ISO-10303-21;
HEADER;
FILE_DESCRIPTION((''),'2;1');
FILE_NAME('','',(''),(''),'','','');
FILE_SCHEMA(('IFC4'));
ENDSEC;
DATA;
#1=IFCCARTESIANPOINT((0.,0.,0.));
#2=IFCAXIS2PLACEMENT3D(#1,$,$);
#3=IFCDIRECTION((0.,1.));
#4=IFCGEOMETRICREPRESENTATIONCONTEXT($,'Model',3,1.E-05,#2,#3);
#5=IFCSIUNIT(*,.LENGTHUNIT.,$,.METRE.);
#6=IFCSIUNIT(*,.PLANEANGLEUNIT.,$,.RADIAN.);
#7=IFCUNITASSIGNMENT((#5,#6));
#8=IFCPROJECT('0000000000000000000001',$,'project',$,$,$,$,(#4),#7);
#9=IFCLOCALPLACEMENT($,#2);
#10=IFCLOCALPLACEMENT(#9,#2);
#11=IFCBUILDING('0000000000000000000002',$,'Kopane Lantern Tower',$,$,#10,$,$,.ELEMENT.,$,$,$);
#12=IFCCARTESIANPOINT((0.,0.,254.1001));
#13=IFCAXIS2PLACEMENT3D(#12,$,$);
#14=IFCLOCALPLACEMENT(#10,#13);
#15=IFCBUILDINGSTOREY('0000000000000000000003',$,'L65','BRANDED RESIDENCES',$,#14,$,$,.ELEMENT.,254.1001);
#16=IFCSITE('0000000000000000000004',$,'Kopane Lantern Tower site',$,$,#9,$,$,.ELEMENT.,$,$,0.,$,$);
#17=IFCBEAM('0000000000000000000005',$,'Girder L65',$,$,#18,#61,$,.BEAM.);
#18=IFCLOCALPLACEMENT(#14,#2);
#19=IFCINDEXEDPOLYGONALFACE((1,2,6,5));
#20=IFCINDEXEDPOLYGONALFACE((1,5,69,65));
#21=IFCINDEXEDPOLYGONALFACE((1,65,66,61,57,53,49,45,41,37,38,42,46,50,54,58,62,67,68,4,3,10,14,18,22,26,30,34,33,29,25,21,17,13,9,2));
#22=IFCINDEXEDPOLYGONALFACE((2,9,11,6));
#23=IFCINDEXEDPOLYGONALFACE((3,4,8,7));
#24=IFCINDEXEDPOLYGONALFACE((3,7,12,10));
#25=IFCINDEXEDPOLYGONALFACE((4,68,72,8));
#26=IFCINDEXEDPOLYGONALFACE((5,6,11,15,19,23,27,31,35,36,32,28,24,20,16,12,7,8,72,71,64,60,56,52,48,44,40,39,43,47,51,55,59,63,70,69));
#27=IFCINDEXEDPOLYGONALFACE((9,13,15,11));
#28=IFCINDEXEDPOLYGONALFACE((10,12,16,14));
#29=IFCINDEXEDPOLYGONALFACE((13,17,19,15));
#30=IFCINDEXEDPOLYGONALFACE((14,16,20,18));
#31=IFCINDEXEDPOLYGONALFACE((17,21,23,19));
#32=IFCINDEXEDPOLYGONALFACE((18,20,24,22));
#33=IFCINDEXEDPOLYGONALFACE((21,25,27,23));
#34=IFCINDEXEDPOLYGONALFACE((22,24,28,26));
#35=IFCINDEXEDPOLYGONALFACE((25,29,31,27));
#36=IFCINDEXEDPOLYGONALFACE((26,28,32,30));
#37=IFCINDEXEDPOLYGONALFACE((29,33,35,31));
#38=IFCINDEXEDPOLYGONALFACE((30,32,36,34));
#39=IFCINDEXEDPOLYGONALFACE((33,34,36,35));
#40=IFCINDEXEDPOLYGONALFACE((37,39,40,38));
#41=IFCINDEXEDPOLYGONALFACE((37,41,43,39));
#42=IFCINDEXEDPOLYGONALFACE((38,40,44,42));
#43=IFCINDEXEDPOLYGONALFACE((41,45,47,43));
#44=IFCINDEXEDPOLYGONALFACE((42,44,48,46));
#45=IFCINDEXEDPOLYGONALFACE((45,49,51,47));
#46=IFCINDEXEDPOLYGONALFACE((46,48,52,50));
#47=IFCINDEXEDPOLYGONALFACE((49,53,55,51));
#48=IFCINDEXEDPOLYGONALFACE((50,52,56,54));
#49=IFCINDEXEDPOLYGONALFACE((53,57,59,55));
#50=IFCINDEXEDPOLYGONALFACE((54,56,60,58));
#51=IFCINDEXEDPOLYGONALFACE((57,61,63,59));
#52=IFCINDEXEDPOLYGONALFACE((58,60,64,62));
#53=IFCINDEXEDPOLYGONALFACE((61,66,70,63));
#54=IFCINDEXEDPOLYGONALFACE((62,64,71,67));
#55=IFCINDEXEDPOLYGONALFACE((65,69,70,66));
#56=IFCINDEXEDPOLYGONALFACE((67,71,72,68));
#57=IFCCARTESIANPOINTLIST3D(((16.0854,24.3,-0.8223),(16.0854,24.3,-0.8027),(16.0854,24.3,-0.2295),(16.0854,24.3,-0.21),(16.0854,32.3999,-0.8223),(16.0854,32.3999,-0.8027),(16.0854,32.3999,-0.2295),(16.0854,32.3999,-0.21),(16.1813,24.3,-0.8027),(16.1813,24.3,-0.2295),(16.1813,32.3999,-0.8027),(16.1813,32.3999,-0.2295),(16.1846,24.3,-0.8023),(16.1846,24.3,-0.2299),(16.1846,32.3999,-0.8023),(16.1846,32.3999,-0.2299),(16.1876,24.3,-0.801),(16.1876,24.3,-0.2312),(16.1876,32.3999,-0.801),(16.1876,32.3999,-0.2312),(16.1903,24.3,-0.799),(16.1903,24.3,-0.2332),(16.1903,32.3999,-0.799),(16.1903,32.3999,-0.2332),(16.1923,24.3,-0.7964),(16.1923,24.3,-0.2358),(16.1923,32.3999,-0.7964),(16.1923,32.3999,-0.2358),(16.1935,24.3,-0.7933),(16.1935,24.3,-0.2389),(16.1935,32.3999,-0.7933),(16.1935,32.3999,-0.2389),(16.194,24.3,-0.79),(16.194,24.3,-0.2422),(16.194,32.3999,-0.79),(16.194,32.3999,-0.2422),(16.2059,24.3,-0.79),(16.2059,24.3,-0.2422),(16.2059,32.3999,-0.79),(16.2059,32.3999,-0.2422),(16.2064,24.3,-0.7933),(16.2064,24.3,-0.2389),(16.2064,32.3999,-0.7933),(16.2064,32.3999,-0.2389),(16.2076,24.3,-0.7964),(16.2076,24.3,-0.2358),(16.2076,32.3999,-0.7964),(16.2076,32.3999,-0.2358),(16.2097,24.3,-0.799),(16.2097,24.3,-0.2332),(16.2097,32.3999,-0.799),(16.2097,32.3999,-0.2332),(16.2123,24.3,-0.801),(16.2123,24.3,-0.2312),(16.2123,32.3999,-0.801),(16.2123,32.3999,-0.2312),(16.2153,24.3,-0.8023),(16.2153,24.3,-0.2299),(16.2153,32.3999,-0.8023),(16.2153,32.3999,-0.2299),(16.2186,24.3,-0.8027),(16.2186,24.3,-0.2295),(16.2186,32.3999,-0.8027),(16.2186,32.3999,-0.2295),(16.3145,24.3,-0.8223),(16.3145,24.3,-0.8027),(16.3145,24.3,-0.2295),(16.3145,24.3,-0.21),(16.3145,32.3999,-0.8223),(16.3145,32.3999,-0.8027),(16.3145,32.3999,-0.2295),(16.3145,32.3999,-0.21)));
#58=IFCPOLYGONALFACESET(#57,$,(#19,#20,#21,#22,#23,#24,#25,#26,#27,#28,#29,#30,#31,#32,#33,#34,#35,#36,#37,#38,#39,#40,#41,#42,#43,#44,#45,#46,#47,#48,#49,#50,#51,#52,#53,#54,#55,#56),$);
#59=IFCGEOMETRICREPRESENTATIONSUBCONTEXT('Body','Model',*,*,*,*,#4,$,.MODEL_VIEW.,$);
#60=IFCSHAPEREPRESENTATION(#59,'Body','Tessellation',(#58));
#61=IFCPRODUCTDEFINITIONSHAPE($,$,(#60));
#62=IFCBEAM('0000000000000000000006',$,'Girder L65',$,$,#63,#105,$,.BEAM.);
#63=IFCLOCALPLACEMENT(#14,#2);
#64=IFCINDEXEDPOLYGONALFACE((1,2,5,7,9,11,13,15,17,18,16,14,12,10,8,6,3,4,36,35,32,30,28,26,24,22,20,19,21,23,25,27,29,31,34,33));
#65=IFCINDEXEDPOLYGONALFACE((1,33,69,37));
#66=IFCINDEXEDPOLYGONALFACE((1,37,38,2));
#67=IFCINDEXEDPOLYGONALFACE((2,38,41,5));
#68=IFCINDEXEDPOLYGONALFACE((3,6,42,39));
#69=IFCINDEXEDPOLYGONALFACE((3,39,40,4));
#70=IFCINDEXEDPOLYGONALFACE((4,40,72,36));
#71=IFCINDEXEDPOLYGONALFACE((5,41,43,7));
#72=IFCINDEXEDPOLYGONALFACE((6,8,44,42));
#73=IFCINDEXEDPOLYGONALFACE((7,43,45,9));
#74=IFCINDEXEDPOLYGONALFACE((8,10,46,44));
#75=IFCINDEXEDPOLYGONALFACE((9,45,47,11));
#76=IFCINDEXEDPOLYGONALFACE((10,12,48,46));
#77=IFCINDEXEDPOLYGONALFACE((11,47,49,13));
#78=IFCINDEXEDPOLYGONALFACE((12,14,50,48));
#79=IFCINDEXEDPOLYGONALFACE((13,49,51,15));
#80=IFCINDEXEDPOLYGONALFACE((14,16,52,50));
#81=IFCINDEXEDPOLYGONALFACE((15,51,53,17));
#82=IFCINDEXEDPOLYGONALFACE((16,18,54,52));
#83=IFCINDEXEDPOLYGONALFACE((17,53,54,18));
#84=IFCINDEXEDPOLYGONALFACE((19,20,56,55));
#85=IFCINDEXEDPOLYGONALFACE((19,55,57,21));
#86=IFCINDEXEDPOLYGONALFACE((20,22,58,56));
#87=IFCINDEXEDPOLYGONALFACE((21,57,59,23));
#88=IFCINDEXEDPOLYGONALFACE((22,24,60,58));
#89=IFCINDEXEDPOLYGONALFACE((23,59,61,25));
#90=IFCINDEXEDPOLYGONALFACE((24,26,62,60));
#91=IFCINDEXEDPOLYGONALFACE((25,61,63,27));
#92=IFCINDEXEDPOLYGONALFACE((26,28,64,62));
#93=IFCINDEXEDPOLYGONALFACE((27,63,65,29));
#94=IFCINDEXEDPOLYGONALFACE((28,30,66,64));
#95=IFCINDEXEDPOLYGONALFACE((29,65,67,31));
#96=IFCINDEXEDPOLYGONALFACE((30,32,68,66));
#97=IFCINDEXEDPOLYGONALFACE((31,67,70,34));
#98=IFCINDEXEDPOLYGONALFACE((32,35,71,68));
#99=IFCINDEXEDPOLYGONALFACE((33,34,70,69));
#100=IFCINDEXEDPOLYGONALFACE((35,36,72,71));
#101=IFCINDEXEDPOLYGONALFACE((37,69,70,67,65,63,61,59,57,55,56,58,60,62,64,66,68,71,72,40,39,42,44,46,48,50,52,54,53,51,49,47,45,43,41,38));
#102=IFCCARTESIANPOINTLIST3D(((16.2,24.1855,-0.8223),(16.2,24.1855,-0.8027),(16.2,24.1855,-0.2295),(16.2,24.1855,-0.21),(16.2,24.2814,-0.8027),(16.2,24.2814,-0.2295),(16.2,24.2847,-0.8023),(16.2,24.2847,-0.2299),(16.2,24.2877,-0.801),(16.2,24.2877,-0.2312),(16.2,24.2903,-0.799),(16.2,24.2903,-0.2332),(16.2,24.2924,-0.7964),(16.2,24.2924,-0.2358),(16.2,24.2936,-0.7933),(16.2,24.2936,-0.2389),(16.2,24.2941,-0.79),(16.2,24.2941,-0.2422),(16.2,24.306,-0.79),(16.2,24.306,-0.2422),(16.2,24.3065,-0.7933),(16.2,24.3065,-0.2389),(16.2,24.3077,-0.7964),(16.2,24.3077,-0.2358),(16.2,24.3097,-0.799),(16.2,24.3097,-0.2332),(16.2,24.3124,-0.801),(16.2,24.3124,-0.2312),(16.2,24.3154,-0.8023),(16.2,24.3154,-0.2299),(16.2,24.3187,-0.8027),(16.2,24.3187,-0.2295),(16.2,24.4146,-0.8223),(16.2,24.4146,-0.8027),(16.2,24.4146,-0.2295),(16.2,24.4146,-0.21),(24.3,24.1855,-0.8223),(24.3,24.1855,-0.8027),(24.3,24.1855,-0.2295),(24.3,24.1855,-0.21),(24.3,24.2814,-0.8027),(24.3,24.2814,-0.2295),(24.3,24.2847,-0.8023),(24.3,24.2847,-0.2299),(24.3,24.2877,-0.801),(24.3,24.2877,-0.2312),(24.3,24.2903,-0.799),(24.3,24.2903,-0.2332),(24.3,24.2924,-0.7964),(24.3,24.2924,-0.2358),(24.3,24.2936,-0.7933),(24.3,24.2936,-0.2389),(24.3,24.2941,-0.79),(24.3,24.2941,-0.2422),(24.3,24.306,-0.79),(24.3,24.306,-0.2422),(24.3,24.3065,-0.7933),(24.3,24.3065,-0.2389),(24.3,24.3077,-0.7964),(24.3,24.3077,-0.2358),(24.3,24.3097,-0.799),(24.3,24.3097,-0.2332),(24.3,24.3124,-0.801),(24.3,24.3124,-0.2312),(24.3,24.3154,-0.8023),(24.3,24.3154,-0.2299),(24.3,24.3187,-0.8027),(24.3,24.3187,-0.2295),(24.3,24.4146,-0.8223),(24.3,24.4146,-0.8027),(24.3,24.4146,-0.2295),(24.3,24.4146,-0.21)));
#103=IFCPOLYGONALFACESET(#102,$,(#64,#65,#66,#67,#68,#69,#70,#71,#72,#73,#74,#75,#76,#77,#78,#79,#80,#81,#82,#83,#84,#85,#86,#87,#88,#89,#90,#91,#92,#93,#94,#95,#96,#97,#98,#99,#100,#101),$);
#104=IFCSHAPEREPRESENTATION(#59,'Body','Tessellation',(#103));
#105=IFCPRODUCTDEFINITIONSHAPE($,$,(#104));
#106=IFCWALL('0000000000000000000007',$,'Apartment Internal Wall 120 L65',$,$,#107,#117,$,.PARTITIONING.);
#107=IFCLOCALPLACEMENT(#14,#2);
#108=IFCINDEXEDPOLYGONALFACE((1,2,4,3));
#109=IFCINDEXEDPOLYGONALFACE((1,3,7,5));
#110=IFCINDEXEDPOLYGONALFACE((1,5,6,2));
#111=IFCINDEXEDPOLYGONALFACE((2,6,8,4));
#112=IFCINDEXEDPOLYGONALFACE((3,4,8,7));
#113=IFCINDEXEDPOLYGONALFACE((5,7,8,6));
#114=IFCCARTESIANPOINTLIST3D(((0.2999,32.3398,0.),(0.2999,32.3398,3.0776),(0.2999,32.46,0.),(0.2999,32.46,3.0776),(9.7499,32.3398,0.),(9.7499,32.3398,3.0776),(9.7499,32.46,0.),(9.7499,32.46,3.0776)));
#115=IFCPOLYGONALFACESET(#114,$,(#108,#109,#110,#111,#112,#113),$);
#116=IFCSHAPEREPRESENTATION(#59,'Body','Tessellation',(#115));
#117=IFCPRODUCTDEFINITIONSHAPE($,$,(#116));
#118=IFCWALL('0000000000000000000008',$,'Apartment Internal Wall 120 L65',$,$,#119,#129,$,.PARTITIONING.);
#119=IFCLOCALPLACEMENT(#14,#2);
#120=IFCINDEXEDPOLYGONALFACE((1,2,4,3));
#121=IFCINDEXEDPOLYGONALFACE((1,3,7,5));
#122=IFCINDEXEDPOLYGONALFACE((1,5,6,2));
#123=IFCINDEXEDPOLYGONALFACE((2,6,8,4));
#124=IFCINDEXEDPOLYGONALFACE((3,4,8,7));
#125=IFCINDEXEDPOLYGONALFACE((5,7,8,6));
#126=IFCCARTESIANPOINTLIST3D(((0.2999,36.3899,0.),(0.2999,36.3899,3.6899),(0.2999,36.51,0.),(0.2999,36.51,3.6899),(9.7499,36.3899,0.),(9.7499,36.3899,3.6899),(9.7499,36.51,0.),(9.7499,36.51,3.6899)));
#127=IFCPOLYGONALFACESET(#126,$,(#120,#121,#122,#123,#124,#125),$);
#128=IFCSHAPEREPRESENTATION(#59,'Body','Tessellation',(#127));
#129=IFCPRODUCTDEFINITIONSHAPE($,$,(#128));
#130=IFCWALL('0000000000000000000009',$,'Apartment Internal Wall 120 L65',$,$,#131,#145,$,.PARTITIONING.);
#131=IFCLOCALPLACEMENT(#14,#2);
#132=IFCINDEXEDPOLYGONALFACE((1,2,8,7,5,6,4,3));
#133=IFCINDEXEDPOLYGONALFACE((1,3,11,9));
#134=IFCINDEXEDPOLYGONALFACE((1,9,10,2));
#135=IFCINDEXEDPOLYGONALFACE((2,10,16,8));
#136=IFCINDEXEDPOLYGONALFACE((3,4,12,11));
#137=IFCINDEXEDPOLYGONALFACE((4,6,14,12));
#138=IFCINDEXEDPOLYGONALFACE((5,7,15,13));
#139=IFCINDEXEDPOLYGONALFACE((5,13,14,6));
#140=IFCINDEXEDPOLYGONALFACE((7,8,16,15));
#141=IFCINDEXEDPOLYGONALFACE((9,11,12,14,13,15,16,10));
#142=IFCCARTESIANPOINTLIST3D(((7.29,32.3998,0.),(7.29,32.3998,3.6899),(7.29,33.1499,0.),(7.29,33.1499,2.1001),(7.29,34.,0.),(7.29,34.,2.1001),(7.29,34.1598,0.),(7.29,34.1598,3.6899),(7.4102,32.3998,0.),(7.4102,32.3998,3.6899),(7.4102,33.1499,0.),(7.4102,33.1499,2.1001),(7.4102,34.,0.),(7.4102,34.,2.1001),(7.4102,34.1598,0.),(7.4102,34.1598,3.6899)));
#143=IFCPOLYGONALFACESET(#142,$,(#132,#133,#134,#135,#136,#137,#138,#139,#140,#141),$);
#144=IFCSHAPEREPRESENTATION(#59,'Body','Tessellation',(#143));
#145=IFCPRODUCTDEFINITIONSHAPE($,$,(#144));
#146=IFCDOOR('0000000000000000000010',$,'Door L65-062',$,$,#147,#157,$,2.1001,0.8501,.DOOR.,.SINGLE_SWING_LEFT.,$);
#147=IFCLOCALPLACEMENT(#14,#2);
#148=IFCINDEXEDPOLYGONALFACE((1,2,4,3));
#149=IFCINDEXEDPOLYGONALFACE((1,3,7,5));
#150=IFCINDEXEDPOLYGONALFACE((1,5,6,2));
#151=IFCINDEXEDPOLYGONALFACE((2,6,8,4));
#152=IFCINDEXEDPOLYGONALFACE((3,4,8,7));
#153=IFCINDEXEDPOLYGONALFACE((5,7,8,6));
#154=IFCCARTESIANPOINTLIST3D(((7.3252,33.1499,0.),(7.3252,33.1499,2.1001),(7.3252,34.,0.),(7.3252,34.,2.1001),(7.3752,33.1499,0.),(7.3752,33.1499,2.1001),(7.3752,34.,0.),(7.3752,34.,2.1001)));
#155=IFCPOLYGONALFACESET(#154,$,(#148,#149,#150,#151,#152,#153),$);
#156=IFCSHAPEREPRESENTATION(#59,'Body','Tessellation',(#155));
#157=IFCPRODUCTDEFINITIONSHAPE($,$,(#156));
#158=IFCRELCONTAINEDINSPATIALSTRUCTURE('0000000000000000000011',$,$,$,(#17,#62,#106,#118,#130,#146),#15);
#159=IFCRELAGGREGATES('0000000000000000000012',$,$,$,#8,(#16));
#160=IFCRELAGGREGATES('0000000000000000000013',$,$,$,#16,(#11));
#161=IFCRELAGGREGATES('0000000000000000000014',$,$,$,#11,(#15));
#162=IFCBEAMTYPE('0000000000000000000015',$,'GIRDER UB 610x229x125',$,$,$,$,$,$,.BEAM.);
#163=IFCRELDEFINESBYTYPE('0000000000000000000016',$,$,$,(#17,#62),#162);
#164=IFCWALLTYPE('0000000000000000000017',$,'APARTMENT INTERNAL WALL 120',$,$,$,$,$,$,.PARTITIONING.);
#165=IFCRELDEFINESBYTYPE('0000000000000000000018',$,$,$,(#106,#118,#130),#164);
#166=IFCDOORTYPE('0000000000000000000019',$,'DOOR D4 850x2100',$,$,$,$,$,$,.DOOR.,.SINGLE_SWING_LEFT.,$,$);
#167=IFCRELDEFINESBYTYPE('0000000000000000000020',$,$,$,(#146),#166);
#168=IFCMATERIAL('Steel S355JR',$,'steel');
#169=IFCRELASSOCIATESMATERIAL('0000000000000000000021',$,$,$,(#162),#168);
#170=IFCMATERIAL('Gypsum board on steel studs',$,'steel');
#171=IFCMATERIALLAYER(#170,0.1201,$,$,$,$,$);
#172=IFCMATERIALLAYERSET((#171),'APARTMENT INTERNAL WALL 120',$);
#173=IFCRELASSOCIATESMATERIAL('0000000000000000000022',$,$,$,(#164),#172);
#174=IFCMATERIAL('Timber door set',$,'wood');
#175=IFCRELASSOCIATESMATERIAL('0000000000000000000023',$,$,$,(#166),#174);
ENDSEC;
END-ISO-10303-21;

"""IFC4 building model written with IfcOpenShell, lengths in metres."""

from ifc_helpers import new_model, si_unit, direction, frame, frame_2d, origin, origin_2d, place, context, subcontext, project, spatial, rectangle, i_section, extrude, material, layer, layer_set, material_profile, profile_set, type_object, element, fill, save


model = new_model("IFC4")

# Units and contexts
model_context = context("Model", 3, precision=1e-05, world=origin(), true_north=direction((0.0, 1.0)))
body_context = subcontext(model_context, "Body", "Model", "MODEL_VIEW")
ifc_project = project(units=[si_unit("LENGTHUNIT", "METRE"), si_unit("PLANEANGLEUNIT", "RADIAN")], contexts=[model_context])

# Site, building, storey
site_placement = place(None, origin())
site = spatial("IfcSite", under=ifc_project, at=site_placement, Name="Kopane Lantern Tower site", CompositionType="ELEMENT", RefElevation=0.0)
building_placement = place(site_placement, origin())
building = spatial("IfcBuilding", under=site, at=building_placement, Name="Kopane Lantern Tower", CompositionType="ELEMENT")
storey_placement = place(building_placement, frame((0.0, 0.0, 254.1001)))
storey = spatial("IfcBuildingStorey", under=building, at=storey_placement, Name="L65", Description="BRANDED RESIDENCES", CompositionType="ELEMENT", Elevation=254.1001)

# Beams
ifc_material_1 = material(Name="Steel S355JR", Category="steel")
ifc_material_profile_1 = material_profile(ifc_material_1, i_section(OverallWidth=0.229, OverallDepth=0.6123, WebThickness=0.012, FlangeThickness=0.0195, FilletRadius=0.0127, at=origin_2d()), Name="UB 610x229x125")
ifc_profile_set_1 = profile_set([ifc_material_profile_1], Name="Steel S355JR")
beam_type = type_object("IfcBeamType", Name="GIRDER UB 610x229x125", PredefinedType="BEAM", material=ifc_profile_set_1)
for number, where, z_axis, x_axis, name in (
    (1, (16.2, 24.3, -0.5161), (0.0, 1.0, 0.0), (-1.0, 0.0, 0.0), "Girder L65"),
):
    element("IfcBeam", number, at=place(storey_placement, frame(where, z_axis=z_axis, x_axis=x_axis)), inside=storey, type_object=beam_type, Name=name, PredefinedType="BEAM", context=body_context, shape_type="SweptSolid", body=[
        extrude(i_section(OverallWidth=0.229, OverallDepth=0.6123, WebThickness=0.012, FlangeThickness=0.0195, FilletRadius=0.0127, at=origin_2d()), origin(), (0.0, 0.0, 1.0), 8.0999),
    ])
beam_placement = place(storey_placement, frame((16.2, 24.3, -0.5161), z_axis=(1.0, 0.0, 0.0), x_axis=(0.0, 1.0, 0.0)))
element("IfcBeam", 2, at=beam_placement, inside=storey, type_object=beam_type, Name="Girder L65", PredefinedType="BEAM", context=body_context, shape_type="SweptSolid", body=[
    extrude(i_section(OverallWidth=0.229, OverallDepth=0.6123, WebThickness=0.012, FlangeThickness=0.0195, FilletRadius=0.0127, at=origin_2d()), origin(), (0.0, 0.0, 1.0), 8.1001),
])

# Walls
ifc_material_2 = material(Name="Gypsum board on steel studs", Category="steel")
ifc_layer_1 = layer(ifc_material_2, 0.1201)
ifc_layer_set_1 = layer_set([ifc_layer_1], Name="APARTMENT INTERNAL WALL 120")
wall_type_1 = type_object("IfcWallType", Name="APARTMENT INTERNAL WALL 120", PredefinedType="PARTITIONING", material=ifc_layer_set_1)
wall_1_placement = place(storey_placement, frame((9.75, 32.3999, 0.0), z_axis=(0.0, 0.0, 1.0), x_axis=(-1.0, 0.0, 0.0)))
element("IfcWall", 3, at=wall_1_placement, inside=storey, type_object=wall_type_1, Name="Apartment Internal Wall 120 L65", PredefinedType="PARTITIONING", context=body_context, shape_type="SweptSolid", body=[
    extrude(rectangle(XDim=9.45, YDim=0.1201, at=frame_2d((4.7251, 0.0))), origin(), (0.0, 0.0, 1.0), 3.0776),
])
wall_2_placement = place(storey_placement, frame((9.75, 36.45, 0.0), z_axis=(0.0, 0.0, 1.0), x_axis=(-1.0, 0.0, 0.0)))
element("IfcWall", 4, at=wall_2_placement, inside=storey, type_object=wall_type_1, Name="Apartment Internal Wall 120 L65", PredefinedType="PARTITIONING", context=body_context, shape_type="SweptSolid", body=[
    extrude(rectangle(XDim=9.45, YDim=0.1201, at=frame_2d((4.7251, 0.0))), origin(), (0.0, 0.0, 1.0), 3.6899),
])

# Wall, opening, door
wall_3_placement = place(storey_placement, frame((7.3501, 32.3999, 0.0), z_axis=(0.0, 0.0, 1.0), x_axis=(0.0, 1.0, 0.0)))
wall_3 = element("IfcWall", 5, at=wall_3_placement, inside=storey, type_object=wall_type_1, Name="Apartment Internal Wall 120 L65", PredefinedType="PARTITIONING", context=body_context, shape_type="SweptSolid", body=[
    extrude(rectangle(XDim=1.76, YDim=0.1201, at=frame_2d((0.8799, 0.0))), origin(), (0.0, 0.0, 1.0), 3.6899),
])
opening_1_placement = place(wall_3_placement, frame((0.75, 0.0, 0.0)))
opening_1 = element("IfcOpeningElement", 6, at=opening_1_placement, cuts=wall_3, PredefinedType="OPENING", context=body_context, shape_type="SweptSolid", body=[
    extrude(rectangle(XDim=0.8501, YDim=2.1001, at=frame_2d((0.425, 1.05))), frame((0.0, 0.0701, 0.0), z_axis=(0.0, -1.0, 0.0), x_axis=(1.0, 0.0, 0.0)), (0.0, 0.0, 1.0), 0.1401),
])
ifc_material_3 = material(Name="Timber door set", Category="wood")
door_type_1 = type_object("IfcDoorType", Name="DOOR D4 850x2100", OperationType="SINGLE_SWING_LEFT", PredefinedType="DOOR", material=ifc_material_3)
door_1_placement = place(opening_1_placement, origin())
door_1 = element("IfcDoor", 7, at=door_1_placement, inside=storey, type_object=door_type_1, Name="Door L65-062", OperationType="SINGLE_SWING_LEFT", OverallHeight=2.1001, OverallWidth=0.8501, PredefinedType="DOOR", context=body_context, shape_type="SweptSolid", body=[
    extrude(rectangle(XDim=0.8501, YDim=2.1001, at=frame_2d((0.425, 1.05))), frame((0.0, 0.0249, 0.0), z_axis=(0.0, -1.0, 0.0), x_axis=(1.0, 0.0, 0.0)), (0.0, 0.0, 1.0), 0.05),
])
fill(opening_1, door_1)

save(model, "model.ifc")
